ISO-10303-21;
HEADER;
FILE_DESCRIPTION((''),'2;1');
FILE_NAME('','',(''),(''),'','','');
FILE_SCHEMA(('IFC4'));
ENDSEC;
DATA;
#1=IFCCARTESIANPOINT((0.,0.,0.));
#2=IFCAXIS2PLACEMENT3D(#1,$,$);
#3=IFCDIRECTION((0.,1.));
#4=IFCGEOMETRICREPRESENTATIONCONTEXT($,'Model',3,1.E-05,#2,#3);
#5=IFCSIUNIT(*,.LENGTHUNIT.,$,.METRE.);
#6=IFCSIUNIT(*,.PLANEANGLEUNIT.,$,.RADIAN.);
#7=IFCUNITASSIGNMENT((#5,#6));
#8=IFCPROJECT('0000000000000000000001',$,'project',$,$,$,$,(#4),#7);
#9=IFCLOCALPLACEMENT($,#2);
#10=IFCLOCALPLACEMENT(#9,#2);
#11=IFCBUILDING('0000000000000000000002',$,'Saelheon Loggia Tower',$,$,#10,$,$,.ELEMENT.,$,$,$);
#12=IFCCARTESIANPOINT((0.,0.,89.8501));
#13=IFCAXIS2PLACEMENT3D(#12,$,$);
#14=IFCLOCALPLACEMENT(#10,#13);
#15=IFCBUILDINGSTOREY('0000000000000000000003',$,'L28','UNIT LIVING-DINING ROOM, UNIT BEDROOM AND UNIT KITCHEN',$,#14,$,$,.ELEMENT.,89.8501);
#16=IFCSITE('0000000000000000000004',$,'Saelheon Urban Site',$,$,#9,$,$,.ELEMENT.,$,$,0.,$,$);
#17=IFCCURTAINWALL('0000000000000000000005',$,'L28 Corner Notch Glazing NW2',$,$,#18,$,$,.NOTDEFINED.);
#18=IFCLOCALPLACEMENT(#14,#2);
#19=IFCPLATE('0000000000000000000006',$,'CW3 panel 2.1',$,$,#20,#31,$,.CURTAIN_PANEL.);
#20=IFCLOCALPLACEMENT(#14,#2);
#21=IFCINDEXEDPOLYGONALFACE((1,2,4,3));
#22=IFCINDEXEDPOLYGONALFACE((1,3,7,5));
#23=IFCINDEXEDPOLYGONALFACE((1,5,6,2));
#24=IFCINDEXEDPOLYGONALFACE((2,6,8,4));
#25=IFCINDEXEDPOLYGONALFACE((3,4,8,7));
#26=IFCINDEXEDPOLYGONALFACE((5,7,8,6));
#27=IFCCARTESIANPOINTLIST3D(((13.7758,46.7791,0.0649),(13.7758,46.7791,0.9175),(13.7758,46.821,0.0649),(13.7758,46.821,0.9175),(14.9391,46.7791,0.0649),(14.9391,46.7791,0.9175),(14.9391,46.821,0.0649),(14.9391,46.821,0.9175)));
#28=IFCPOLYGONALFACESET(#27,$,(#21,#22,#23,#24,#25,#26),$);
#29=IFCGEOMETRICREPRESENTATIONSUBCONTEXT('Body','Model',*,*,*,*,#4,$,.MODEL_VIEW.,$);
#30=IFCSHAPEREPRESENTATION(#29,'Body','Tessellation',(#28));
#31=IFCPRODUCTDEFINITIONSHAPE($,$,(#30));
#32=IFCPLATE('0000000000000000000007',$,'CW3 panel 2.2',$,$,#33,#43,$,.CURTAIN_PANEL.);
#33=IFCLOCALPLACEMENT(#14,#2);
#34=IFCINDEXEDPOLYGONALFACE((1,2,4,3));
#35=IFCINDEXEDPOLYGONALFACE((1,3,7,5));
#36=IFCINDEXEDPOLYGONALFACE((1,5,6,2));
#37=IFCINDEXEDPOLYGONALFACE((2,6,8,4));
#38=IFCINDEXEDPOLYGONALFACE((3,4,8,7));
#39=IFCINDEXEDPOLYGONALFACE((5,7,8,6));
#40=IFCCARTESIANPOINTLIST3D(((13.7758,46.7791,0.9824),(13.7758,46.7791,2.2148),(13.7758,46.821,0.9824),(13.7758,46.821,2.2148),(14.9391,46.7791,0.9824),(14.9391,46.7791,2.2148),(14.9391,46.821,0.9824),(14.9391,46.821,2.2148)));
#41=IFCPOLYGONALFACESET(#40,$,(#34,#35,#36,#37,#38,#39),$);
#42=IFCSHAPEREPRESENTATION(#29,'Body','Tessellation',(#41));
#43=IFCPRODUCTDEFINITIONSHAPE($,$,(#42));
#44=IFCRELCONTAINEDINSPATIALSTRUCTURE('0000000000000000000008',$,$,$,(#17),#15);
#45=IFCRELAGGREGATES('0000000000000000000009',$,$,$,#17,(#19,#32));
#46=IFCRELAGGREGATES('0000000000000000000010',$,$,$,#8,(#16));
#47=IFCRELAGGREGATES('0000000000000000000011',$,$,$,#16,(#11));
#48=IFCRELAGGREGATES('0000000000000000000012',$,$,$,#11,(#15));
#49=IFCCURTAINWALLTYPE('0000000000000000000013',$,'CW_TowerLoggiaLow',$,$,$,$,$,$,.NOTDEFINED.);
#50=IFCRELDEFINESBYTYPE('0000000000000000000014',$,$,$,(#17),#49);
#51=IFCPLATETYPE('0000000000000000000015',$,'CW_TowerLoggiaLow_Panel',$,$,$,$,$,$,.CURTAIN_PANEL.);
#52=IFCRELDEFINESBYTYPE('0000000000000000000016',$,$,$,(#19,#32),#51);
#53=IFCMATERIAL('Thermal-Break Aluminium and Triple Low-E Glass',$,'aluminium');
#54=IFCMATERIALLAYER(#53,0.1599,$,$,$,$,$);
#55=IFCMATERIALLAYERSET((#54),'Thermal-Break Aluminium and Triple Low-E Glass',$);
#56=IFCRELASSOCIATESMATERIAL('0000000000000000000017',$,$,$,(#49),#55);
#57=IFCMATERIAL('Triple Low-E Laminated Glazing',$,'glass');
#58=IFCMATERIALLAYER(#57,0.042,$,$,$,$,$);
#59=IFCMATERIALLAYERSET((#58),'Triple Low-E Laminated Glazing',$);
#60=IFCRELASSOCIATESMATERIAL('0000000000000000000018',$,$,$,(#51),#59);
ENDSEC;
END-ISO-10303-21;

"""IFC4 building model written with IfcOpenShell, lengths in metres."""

from ifc_helpers import new_model, si_unit, direction, frame, origin, origin_2d, place, context, subcontext, project, spatial, rectangle, extrude, source, transform, mapped, material, layer, layer_set, type_object, element, aggregate, save


model = new_model("IFC4")

# Units and contexts
model_context = context("Model", 3, precision=1e-05, world=origin(), true_north=direction((0.0, 1.0)))
body_context = subcontext(model_context, "Body", "Model", "MODEL_VIEW")
ifc_project = project(units=[si_unit("LENGTHUNIT", "METRE"), si_unit("PLANEANGLEUNIT", "RADIAN")], contexts=[model_context])

# Site, building, storey
site_placement = place(None, origin())
site = spatial("IfcSite", under=ifc_project, at=site_placement, Name="Saelheon Urban Site", CompositionType="ELEMENT", RefElevation=0.0)
building_placement = place(site_placement, origin())
building = spatial("IfcBuilding", under=site, at=building_placement, Name="Saelheon Loggia Tower", CompositionType="ELEMENT")
storey_placement = place(building_placement, frame((0.0, 0.0, 89.8501)))
storey = spatial("IfcBuildingStorey", under=building, at=storey_placement, Name="L28", Description="UNIT LIVING-DINING ROOM, UNIT BEDROOM AND UNIT KITCHEN", CompositionType="ELEMENT", Elevation=89.8501)

# Shared definitions
ifc_material_1 = material(Name="Thermal-Break Aluminium and Triple Low-E Glass", Category="aluminium")
ifc_layer_1 = layer(ifc_material_1, 0.1599)
ifc_layer_set_1 = layer_set([ifc_layer_1], Name="Thermal-Break Aluminium and Triple Low-E Glass")
curtain_wall_type = type_object("IfcCurtainWallType", Name="CW_TowerLoggiaLow", PredefinedType="NOTDEFINED", material=ifc_layer_set_1)

# Curtain wall
curtain_wall_1_placement = place(storey_placement, origin())
curtain_wall_1 = element("IfcCurtainWall", 1, at=curtain_wall_1_placement, inside=storey, type_object=curtain_wall_type, Name="L28 Corner Notch Glazing NW2", PredefinedType="NOTDEFINED")

# Plates
ifc_material_2 = material(Name="Triple Low-E Laminated Glazing", Category="glass")
ifc_layer_2 = layer(ifc_material_2, 0.042)
ifc_layer_set_2 = layer_set([ifc_layer_2], Name="Triple Low-E Laminated Glazing")
plate_type = type_object("IfcPlateType", Name="CW_TowerLoggiaLow_Panel", PredefinedType="CURTAIN_PANEL", material=ifc_layer_set_2)
shared_shape_1 = source(origin(), body_context, "Body", "SweptSolid", [
    extrude(rectangle(XDim=1.1633, YDim=0.042, at=origin_2d()), origin(), (0.0, 0.0, 1.0), 0.8525),
])
plate_1_placement = place(storey_placement, frame((14.3574, 46.8, 0.0649), z_axis=(0.0, 0.0, 1.0), x_axis=(1.0, 0.0, 0.0)))
plate_1 = element("IfcPlate", 2, at=plate_1_placement, type_object=plate_type, Name="CW3 panel 2.1", PredefinedType="CURTAIN_PANEL", context=body_context, shape_type="MappedRepresentation", body=[
    mapped(shared_shape_1, transform((0.0, 0.0, 0.0), scale=1.0)),
])
shared_shape_2 = source(origin(), body_context, "Body", "SweptSolid", [
    extrude(rectangle(XDim=1.1633, YDim=0.042, at=origin_2d()), origin(), (0.0, 0.0, 1.0), 1.2324),
])
plate_2_placement = place(storey_placement, frame((14.3574, 46.8, 0.9824), z_axis=(0.0, 0.0, 1.0), x_axis=(1.0, 0.0, 0.0)))
plate_2 = element("IfcPlate", 3, at=plate_2_placement, type_object=plate_type, Name="CW3 panel 2.2", PredefinedType="CURTAIN_PANEL", context=body_context, shape_type="MappedRepresentation", body=[
    mapped(shared_shape_2, transform((0.0, 0.0, 0.0), scale=1.0)),
])
aggregate(curtain_wall_1, [plate_1, plate_2])

save(model, "model.ifc")
